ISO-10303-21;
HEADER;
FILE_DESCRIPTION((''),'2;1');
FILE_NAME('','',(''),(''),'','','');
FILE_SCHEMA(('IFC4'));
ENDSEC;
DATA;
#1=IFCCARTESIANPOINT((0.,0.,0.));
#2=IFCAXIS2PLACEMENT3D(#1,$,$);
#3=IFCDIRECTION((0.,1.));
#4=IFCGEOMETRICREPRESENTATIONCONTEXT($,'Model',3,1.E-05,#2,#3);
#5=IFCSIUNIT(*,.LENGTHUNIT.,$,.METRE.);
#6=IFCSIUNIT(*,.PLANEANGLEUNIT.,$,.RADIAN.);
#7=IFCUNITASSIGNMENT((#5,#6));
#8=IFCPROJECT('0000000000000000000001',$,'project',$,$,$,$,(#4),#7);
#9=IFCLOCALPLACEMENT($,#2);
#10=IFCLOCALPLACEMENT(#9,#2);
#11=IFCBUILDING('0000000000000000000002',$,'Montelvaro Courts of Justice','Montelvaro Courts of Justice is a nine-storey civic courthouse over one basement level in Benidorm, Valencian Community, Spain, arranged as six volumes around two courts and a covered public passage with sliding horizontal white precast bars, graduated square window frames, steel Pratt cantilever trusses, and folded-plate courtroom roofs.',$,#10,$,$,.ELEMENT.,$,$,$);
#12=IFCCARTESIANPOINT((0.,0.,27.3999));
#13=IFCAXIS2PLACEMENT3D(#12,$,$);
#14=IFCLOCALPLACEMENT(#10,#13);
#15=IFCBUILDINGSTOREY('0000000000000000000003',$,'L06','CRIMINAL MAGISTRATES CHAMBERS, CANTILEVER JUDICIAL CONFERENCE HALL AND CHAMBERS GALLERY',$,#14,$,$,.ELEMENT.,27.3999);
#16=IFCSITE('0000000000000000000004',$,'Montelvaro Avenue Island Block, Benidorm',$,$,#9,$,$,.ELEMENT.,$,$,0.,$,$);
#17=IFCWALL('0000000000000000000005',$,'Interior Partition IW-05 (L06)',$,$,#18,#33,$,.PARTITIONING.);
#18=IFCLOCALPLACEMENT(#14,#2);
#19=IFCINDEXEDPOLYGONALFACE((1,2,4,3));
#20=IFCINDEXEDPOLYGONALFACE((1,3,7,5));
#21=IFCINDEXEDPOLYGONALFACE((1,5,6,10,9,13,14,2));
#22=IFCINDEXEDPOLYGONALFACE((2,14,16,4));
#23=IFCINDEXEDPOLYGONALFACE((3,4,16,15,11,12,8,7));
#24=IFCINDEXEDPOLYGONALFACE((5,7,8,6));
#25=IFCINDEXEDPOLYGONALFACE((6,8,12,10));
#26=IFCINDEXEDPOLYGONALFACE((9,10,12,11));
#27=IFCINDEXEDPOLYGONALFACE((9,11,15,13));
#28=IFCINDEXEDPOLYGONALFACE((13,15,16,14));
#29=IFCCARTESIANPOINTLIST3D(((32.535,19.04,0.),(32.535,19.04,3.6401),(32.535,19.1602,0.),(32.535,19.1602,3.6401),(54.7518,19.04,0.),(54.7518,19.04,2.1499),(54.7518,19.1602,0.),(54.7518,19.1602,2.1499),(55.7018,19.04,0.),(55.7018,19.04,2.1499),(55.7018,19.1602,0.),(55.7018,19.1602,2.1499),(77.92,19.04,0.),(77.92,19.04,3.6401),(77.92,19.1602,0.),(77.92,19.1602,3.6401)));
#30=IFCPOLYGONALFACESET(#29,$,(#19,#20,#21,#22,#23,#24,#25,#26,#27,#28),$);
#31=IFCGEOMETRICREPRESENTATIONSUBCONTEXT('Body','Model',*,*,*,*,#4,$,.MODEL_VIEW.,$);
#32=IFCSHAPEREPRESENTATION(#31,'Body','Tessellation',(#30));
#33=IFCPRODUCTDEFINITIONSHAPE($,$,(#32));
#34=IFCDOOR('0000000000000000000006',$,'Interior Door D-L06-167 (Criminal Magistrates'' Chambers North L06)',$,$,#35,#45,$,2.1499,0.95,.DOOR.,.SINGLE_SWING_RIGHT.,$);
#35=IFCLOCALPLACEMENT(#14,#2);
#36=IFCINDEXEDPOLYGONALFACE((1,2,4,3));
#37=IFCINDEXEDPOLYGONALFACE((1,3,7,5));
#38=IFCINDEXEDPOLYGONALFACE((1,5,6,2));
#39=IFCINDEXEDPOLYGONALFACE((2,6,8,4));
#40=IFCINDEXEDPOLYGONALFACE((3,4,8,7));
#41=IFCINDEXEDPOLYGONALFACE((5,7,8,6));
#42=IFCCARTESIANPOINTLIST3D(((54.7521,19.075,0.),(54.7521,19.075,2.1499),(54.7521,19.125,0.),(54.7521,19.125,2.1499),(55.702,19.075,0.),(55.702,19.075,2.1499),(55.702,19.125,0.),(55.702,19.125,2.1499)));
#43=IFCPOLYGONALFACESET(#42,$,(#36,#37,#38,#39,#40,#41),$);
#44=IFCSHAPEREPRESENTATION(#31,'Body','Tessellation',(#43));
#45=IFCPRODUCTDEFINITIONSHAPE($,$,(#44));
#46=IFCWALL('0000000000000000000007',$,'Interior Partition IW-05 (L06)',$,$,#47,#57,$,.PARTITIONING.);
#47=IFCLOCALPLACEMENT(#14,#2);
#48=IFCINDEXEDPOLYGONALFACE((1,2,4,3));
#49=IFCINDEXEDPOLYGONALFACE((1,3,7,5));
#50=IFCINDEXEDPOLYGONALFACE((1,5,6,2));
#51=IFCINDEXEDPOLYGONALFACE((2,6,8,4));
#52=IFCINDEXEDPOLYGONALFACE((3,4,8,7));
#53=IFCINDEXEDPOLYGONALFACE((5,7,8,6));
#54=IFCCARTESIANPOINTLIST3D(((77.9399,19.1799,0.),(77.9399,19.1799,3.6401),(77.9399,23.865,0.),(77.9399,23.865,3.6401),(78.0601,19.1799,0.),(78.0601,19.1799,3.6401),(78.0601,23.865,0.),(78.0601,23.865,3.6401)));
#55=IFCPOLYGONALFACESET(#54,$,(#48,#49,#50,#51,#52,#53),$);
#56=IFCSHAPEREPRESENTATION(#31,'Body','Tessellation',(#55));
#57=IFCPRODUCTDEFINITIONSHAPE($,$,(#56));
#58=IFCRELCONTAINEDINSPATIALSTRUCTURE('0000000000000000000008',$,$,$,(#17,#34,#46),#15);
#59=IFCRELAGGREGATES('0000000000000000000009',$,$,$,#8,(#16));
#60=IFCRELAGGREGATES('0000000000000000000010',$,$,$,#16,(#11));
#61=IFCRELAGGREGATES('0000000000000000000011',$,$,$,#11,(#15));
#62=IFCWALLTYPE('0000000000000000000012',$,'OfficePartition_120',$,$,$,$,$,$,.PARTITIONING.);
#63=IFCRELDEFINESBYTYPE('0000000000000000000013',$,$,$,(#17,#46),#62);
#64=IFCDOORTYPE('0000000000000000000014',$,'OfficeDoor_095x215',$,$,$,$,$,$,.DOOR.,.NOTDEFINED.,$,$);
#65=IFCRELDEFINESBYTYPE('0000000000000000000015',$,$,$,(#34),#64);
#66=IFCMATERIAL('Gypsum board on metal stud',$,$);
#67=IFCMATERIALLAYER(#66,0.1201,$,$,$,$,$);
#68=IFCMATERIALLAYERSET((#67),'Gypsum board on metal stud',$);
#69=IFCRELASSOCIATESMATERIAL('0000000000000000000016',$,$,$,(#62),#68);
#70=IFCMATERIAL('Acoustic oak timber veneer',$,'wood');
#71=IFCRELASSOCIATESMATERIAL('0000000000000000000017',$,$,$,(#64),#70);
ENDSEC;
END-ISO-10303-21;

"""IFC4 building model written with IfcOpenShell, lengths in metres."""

from ifc_helpers import new_model, si_unit, direction, frame, frame_2d, origin, place, context, subcontext, project, spatial, rectangle, extrude, material, layer, layer_set, type_object, element, fill, save


model = new_model("IFC4")

# Units and contexts
model_context = context("Model", 3, precision=1e-05, world=origin(), true_north=direction((0.0, 1.0)))
body_context = subcontext(model_context, "Body", "Model", "MODEL_VIEW")
ifc_project = project(units=[si_unit("LENGTHUNIT", "METRE"), si_unit("PLANEANGLEUNIT", "RADIAN")], contexts=[model_context])

# Site, building, storey
site_placement = place(None, origin())
site = spatial("IfcSite", under=ifc_project, at=site_placement, Name="Montelvaro Avenue Island Block, Benidorm", CompositionType="ELEMENT", RefElevation=0.0)
building_placement = place(site_placement, origin())
building = spatial("IfcBuilding", under=site, at=building_placement, Name="Montelvaro Courts of Justice", Description="Montelvaro Courts of Justice is a nine-storey civic courthouse over one basement level in Benidorm, Valencian Community, Spain, arranged as six volumes around two courts and a covered public passage with sliding horizontal white precast bars, graduated square window frames, steel Pratt cantilever trusses, and folded-plate courtroom roofs.", CompositionType="ELEMENT")
storey_placement = place(building_placement, frame((0.0, 0.0, 27.3999)))
storey = spatial("IfcBuildingStorey", under=building, at=storey_placement, Name="L06", Description="CRIMINAL MAGISTRATES CHAMBERS, CANTILEVER JUDICIAL CONFERENCE HALL AND CHAMBERS GALLERY", CompositionType="ELEMENT", Elevation=27.3999)

# Shared definitions
ifc_material_1 = material(Name="Gypsum board on metal stud")

# Shared definitions
ifc_material_2 = material(Name="Acoustic oak timber veneer", Category="wood")

# Wall, opening, door
ifc_layer_1 = layer(ifc_material_1, 0.1201)
ifc_layer_set_1 = layer_set([ifc_layer_1], Name="Gypsum board on metal stud")
wall_type_1 = type_object("IfcWallType", Name="OfficePartition_120", PredefinedType="PARTITIONING", material=ifc_layer_set_1)
wall_1_placement = place(storey_placement, frame((77.9199, 19.1001, 0.0), z_axis=(0.0, 0.0, 1.0), x_axis=(-1.0, 0.0, 0.0)))
wall_1 = element("IfcWall", 1, at=wall_1_placement, inside=storey, type_object=wall_type_1, Name="Interior Partition IW-05 (L06)", PredefinedType="PARTITIONING", context=body_context, shape_type="SweptSolid", body=[
    extrude(rectangle(XDim=45.385, YDim=0.1201, at=frame_2d((22.6924, 0.0))), origin(), (0.0, 0.0, 1.0), 3.6401),
])
opening_1_placement = place(wall_1_placement, frame((22.218, 0.0, 0.0)))
opening_1 = element("IfcOpeningElement", 2, at=opening_1_placement, cuts=wall_1, PredefinedType="OPENING", context=body_context, shape_type="SweptSolid", body=[
    extrude(rectangle(XDim=0.95, YDim=2.1499, at=frame_2d((0.4751, 1.075))), frame((0.0, 0.075, 0.0), z_axis=(0.0, -1.0, 0.0), x_axis=(1.0, 0.0, 0.0)), (0.0, 0.0, 1.0), 0.1499),
])
door_type_1 = type_object("IfcDoorType", Name="OfficeDoor_095x215", OperationType="NOTDEFINED", PredefinedType="DOOR", material=ifc_material_2)
door_1_placement = place(opening_1_placement, frame((0.95, 0.0, 0.0), z_axis=(0.0, 0.0, 1.0), x_axis=(-1.0, 0.0, 0.0)))
door_1 = element("IfcDoor", 3, at=door_1_placement, inside=storey, type_object=door_type_1, Name="Interior Door D-L06-167 (Criminal Magistrates' Chambers North L06)", OperationType="SINGLE_SWING_RIGHT", OverallHeight=2.1499, OverallWidth=0.95, PredefinedType="DOOR", context=body_context, shape_type="SweptSolid", body=[
    extrude(rectangle(XDim=0.95, YDim=2.1499, at=frame_2d((0.4751, 1.075))), frame((0.0, 0.0249, 0.0), z_axis=(0.0, -1.0, 0.0), x_axis=(1.0, 0.0, 0.0)), (0.0, 0.0, 1.0), 0.05),
])
fill(opening_1, door_1)

# Wall
wall_2_placement = place(storey_placement, frame((78.0, 23.865, 0.0), z_axis=(0.0, 0.0, 1.0), x_axis=(0.0, -1.0, 0.0)))
element("IfcWall", 4, at=wall_2_placement, inside=storey, type_object=wall_type_1, Name="Interior Partition IW-05 (L06)", PredefinedType="PARTITIONING", context=body_context, shape_type="SweptSolid", body=[
    extrude(rectangle(XDim=4.6851, YDim=0.1201, at=frame_2d((2.3425, 0.0))), origin(), (0.0, 0.0, 1.0), 3.6401),
])

save(model, "model.ifc")
